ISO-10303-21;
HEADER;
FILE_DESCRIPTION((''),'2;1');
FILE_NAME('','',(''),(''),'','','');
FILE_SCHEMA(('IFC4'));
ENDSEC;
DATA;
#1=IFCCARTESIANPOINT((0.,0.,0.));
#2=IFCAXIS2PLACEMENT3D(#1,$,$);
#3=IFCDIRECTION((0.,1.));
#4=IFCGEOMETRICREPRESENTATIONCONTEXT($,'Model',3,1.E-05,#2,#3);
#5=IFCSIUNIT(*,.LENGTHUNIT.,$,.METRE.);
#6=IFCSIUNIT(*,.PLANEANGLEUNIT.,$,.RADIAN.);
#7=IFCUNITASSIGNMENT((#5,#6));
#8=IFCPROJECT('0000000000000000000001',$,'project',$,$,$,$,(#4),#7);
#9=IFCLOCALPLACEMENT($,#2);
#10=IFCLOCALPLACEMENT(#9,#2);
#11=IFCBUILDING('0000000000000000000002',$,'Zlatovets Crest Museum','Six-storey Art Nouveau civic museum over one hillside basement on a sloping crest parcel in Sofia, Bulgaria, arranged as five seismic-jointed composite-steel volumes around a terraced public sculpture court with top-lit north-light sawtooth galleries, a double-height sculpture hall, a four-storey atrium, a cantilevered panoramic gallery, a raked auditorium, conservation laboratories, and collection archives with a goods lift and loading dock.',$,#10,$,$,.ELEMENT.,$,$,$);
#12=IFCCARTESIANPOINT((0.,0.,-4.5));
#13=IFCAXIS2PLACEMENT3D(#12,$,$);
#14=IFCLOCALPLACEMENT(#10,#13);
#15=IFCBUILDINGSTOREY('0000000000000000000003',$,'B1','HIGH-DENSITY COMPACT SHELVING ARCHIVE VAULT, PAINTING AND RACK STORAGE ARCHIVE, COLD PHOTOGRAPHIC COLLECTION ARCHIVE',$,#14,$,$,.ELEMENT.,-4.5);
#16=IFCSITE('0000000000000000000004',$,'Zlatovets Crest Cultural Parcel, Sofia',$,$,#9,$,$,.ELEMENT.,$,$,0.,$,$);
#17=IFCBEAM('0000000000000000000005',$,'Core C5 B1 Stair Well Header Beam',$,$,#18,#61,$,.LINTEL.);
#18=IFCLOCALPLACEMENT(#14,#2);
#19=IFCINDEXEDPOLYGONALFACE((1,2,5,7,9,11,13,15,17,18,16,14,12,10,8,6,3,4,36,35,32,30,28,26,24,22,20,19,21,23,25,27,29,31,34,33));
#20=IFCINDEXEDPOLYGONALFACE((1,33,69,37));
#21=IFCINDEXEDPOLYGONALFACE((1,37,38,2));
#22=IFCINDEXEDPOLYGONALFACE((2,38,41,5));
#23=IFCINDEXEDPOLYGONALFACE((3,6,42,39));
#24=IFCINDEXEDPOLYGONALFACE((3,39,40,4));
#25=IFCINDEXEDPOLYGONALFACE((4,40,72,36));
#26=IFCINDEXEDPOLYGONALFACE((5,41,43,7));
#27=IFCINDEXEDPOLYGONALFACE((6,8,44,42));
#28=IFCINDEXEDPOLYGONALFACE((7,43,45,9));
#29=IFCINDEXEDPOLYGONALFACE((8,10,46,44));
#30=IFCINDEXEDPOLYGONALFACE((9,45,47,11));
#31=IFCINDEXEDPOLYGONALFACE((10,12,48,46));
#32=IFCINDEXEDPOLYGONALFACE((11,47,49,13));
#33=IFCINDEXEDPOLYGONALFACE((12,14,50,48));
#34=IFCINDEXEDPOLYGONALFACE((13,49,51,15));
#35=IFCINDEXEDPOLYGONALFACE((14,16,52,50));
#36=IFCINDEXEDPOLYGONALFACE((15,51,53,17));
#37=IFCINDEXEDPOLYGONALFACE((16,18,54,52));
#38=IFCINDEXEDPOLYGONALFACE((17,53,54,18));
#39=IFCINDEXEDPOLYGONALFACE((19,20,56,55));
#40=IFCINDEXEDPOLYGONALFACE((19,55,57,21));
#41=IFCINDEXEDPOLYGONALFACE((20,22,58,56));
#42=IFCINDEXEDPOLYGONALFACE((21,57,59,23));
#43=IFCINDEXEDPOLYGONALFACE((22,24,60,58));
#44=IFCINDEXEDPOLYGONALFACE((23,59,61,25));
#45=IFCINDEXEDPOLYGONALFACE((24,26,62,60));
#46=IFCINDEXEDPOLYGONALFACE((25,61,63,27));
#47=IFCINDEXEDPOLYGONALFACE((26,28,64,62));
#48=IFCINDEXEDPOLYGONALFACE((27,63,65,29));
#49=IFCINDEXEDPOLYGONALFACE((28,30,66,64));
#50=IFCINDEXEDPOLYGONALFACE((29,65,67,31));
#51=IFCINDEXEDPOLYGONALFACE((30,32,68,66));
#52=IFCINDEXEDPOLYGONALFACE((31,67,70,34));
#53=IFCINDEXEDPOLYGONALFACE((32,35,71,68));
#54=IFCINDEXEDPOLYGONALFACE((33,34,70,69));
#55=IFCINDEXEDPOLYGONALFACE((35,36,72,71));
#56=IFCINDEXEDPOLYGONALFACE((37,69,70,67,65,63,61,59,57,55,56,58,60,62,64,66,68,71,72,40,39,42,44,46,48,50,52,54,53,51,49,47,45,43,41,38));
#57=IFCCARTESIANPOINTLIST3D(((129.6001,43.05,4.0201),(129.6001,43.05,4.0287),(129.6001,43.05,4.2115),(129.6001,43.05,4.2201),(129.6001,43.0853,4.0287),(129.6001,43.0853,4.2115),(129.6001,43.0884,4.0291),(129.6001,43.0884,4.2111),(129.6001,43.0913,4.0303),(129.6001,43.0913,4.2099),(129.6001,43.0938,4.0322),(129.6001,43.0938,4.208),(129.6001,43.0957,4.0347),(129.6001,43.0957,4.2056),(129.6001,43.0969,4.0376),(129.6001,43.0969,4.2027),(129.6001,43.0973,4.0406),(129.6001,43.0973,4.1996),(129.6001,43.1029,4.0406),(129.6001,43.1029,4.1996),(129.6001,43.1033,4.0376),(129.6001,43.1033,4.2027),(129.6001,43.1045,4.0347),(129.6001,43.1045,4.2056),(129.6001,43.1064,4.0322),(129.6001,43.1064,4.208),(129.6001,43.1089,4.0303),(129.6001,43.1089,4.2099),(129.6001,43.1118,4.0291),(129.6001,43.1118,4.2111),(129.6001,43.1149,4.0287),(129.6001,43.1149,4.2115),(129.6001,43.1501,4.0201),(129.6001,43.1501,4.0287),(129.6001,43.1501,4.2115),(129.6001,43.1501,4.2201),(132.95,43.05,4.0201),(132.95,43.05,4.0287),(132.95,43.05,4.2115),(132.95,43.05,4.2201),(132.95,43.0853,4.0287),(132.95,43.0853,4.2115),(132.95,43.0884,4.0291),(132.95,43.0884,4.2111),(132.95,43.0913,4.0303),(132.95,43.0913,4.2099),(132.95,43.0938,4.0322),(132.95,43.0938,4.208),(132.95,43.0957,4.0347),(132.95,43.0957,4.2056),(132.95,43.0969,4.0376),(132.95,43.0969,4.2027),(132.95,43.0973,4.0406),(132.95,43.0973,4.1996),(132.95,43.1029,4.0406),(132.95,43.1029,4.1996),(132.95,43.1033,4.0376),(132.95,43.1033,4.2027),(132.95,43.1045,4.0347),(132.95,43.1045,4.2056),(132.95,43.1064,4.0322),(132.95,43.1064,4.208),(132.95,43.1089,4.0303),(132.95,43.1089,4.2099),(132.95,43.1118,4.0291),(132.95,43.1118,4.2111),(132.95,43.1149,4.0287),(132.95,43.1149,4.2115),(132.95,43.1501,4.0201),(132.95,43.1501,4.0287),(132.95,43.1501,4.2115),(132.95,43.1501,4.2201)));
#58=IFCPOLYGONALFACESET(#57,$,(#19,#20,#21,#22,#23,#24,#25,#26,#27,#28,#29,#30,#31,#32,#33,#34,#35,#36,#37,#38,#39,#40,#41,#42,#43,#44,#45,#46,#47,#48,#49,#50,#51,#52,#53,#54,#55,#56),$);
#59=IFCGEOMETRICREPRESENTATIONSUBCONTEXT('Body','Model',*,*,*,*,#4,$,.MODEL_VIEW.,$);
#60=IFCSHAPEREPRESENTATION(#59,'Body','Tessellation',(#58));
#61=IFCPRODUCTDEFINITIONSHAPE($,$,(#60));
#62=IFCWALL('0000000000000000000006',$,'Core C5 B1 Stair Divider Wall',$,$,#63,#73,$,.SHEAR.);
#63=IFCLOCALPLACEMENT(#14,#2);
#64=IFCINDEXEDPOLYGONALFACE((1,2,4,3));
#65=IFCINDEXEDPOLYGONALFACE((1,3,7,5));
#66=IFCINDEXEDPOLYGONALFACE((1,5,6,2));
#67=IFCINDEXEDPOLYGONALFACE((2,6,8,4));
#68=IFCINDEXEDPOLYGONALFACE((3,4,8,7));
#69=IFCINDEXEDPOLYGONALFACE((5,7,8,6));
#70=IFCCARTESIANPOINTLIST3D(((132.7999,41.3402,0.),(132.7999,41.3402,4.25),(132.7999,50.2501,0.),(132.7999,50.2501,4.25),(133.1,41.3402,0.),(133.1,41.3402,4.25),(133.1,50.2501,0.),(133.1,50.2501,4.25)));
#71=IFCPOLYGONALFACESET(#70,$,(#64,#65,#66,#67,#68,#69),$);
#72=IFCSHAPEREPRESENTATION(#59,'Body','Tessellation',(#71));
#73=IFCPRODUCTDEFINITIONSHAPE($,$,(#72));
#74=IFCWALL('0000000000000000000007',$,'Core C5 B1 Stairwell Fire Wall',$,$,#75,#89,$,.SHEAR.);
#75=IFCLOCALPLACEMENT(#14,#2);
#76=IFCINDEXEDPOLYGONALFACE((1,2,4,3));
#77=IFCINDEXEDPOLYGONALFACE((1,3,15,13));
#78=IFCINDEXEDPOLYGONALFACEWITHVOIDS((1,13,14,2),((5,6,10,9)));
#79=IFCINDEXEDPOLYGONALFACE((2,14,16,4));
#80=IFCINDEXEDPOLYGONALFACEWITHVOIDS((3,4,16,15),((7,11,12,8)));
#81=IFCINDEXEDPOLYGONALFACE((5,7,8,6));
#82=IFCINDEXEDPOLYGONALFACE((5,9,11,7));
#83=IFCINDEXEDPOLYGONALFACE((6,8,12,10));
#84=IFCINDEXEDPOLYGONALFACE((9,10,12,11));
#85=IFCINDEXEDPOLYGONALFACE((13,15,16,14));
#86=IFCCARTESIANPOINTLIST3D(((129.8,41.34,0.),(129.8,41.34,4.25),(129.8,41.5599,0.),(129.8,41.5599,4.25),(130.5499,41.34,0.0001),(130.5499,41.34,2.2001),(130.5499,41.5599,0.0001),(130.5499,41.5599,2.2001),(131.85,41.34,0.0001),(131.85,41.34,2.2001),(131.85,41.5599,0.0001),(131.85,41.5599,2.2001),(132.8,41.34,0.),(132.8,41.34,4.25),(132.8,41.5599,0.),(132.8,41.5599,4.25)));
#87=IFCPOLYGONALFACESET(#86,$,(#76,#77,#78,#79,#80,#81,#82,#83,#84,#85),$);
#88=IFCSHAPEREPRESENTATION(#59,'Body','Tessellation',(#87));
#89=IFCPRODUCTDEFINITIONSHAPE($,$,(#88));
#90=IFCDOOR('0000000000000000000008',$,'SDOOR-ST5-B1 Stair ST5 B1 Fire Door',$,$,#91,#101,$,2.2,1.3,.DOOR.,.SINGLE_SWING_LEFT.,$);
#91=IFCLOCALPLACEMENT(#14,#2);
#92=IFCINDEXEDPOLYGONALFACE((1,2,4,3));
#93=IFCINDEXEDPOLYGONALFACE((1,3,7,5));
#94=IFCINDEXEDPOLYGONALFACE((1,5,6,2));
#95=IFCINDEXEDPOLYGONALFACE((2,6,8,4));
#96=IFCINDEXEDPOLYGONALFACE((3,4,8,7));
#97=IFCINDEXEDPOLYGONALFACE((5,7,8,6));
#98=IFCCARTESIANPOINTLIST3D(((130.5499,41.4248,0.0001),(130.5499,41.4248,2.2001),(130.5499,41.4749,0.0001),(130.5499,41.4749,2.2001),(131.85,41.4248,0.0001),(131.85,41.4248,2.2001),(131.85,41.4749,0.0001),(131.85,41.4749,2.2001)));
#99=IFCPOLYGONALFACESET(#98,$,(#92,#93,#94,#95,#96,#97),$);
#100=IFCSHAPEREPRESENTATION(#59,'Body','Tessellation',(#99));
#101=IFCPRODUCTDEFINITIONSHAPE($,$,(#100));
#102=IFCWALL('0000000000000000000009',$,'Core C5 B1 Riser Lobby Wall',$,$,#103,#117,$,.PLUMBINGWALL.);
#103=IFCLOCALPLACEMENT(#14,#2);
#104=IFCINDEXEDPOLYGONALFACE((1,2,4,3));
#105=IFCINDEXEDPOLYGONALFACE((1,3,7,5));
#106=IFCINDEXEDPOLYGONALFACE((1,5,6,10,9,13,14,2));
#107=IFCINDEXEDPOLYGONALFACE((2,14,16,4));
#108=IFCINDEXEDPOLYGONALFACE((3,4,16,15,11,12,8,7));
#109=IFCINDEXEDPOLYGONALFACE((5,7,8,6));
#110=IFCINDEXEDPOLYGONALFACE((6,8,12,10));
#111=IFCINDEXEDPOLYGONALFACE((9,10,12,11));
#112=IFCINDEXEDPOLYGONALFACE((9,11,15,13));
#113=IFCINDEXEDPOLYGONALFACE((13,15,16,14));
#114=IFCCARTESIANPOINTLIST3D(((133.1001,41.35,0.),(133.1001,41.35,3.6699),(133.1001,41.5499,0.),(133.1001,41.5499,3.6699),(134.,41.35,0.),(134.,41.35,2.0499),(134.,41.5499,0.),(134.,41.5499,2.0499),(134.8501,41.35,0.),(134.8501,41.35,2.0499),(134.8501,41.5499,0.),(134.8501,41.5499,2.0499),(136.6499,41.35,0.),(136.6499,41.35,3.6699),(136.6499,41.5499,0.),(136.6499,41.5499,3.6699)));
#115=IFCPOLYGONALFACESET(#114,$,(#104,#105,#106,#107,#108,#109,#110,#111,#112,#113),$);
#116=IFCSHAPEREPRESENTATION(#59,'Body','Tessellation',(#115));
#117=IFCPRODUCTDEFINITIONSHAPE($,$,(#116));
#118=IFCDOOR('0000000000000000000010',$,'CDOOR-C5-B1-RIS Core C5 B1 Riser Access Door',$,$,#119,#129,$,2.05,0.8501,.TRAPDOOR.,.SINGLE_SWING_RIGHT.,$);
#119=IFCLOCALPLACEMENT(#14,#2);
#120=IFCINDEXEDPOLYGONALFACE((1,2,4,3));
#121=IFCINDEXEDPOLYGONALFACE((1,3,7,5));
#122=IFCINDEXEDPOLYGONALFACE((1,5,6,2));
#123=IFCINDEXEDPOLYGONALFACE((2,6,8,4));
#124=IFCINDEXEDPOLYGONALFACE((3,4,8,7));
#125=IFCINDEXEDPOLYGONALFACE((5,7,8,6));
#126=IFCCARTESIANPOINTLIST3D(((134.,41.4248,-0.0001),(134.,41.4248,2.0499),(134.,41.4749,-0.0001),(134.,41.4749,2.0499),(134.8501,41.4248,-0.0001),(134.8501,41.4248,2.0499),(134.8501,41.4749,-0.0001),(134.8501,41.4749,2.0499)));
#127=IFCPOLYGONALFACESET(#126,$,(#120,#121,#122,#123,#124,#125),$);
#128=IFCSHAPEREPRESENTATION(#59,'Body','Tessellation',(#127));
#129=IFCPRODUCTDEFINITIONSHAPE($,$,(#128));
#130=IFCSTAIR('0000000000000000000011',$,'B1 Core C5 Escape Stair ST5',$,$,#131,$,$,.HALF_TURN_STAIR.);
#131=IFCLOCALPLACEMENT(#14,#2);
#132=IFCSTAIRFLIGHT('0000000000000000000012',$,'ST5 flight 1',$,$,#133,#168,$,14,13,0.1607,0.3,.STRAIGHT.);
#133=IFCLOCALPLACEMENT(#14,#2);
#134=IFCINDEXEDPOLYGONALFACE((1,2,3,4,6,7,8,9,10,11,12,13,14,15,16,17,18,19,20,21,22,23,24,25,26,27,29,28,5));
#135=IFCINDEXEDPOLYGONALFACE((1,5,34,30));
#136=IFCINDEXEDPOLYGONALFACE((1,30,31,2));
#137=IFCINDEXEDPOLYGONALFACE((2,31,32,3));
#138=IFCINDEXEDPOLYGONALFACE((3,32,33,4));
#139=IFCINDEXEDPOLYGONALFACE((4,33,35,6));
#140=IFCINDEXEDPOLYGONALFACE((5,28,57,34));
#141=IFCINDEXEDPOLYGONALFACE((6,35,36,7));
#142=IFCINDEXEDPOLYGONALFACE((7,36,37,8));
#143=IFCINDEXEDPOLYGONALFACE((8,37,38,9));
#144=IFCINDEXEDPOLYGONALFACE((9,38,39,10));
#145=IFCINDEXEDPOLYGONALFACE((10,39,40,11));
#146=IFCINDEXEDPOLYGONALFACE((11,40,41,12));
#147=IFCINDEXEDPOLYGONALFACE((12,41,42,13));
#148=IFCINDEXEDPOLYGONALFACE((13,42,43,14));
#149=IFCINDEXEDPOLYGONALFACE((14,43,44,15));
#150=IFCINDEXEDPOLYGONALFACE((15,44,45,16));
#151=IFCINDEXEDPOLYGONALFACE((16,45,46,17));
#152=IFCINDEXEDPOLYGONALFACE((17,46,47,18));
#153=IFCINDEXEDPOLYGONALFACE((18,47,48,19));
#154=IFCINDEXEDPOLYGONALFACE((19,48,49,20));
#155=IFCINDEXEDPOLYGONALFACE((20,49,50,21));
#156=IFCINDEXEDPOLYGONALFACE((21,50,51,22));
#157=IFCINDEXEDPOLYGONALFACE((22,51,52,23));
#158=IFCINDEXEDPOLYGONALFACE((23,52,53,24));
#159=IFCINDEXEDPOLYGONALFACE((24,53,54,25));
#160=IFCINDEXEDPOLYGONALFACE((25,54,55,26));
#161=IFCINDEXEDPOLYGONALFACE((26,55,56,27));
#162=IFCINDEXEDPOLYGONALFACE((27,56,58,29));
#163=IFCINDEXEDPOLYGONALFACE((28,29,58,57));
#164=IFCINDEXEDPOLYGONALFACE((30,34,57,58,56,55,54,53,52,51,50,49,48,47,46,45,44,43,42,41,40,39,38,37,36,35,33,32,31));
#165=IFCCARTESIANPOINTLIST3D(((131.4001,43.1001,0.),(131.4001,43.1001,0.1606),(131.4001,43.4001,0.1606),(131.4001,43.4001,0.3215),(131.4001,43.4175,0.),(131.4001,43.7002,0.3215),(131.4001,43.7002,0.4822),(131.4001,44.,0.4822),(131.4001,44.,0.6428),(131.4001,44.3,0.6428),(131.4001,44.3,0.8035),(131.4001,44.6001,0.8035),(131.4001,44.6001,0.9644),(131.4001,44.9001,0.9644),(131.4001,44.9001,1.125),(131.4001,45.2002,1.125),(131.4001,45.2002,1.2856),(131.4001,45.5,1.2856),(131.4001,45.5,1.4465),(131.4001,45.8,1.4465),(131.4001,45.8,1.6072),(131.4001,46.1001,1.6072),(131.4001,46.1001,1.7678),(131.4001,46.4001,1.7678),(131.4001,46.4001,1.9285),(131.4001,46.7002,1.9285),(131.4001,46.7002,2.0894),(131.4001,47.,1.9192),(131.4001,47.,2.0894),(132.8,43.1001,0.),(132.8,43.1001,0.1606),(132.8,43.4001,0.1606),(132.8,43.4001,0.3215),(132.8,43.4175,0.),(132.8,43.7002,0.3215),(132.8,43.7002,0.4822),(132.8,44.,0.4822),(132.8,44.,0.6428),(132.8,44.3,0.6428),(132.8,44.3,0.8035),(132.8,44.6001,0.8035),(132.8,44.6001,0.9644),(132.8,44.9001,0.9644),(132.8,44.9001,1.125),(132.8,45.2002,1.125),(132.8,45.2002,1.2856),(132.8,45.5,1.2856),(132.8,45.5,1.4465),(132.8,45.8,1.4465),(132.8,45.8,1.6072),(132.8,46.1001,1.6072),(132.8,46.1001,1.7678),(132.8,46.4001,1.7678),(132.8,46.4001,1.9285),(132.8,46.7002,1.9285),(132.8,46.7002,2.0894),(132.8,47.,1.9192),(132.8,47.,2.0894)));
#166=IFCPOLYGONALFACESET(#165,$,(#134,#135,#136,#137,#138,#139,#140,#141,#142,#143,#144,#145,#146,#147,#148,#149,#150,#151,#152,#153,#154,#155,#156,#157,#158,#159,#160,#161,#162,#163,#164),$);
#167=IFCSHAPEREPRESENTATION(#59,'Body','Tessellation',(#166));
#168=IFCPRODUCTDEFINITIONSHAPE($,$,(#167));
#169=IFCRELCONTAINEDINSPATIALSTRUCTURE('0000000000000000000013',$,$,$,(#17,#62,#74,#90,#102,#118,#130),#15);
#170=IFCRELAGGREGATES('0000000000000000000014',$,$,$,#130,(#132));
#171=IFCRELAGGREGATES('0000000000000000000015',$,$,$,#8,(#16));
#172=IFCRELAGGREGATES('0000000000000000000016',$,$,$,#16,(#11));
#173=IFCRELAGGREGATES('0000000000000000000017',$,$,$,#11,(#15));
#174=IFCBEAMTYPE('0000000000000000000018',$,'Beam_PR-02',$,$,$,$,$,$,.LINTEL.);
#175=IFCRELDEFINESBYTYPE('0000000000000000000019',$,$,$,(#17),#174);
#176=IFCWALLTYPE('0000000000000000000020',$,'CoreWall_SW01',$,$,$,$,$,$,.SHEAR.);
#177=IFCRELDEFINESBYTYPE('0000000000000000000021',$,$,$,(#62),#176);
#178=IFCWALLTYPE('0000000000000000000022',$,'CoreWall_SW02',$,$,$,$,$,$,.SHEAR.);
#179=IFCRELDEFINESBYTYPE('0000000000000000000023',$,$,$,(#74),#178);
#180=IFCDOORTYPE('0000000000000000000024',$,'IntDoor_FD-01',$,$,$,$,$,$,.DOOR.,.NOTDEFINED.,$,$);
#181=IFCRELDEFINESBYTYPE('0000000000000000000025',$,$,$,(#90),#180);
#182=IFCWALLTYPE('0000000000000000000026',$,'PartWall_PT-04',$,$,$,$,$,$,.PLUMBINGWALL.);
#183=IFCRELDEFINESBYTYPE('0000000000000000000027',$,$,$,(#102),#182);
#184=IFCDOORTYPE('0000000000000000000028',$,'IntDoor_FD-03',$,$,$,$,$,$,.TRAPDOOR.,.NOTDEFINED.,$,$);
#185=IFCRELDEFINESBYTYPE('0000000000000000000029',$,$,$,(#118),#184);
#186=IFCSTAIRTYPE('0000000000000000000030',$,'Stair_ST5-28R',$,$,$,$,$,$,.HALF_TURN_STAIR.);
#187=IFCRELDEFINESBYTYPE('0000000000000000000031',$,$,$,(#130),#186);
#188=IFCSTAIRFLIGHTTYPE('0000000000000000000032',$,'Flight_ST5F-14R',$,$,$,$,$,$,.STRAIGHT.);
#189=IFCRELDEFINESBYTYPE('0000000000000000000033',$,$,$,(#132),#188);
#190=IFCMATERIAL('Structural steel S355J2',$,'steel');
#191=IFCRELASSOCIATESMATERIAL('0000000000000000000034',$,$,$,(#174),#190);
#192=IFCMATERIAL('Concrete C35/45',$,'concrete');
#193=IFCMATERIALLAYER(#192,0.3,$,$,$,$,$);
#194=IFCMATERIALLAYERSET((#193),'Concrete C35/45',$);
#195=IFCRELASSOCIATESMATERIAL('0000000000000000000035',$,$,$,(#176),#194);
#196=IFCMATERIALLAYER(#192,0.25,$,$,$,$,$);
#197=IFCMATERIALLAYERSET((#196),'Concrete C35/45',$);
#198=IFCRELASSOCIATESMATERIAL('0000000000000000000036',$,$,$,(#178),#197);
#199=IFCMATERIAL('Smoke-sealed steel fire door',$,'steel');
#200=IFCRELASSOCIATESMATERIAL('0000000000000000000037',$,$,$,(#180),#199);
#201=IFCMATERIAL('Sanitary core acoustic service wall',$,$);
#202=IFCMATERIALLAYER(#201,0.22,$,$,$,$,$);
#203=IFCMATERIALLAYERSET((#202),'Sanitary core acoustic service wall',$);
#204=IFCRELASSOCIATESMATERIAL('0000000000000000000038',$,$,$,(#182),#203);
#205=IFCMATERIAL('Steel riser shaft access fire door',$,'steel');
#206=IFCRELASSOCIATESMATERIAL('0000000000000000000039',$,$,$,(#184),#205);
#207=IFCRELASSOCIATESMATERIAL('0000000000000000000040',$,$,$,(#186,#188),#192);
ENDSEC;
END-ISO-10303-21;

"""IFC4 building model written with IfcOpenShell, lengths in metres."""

from ifc_helpers import new_model, si_unit, direction, frame, frame_2d, origin, origin_2d, place, context, subcontext, project, spatial, polyline, rectangle, i_section, outline, extrude, material, layer, layer_set, material_profile, profile_set, type_object, element, fill, aggregate, save


model = new_model("IFC4")

# Units and contexts
model_context = context("Model", 3, precision=1e-05, world=origin(), true_north=direction((0.0, 1.0)))
body_context = subcontext(model_context, "Body", "Model", "MODEL_VIEW")
ifc_project = project(units=[si_unit("LENGTHUNIT", "METRE"), si_unit("PLANEANGLEUNIT", "RADIAN")], contexts=[model_context])

# Site, building, storey
site_placement = place(None, origin())
site = spatial("IfcSite", under=ifc_project, at=site_placement, Name="Zlatovets Crest Cultural Parcel, Sofia", CompositionType="ELEMENT", RefElevation=0.0)
building_placement = place(site_placement, origin())
building = spatial("IfcBuilding", under=site, at=building_placement, Name="Zlatovets Crest Museum", Description="Six-storey Art Nouveau civic museum over one hillside basement on a sloping crest parcel in Sofia, Bulgaria, arranged as five seismic-jointed composite-steel volumes around a terraced public sculpture court with top-lit north-light sawtooth galleries, a double-height sculpture hall, a four-storey atrium, a cantilevered panoramic gallery, a raked auditorium, conservation laboratories, and collection archives with a goods lift and loading dock.", CompositionType="ELEMENT")
storey_placement = place(building_placement, frame((0.0, 0.0, -4.5)))
storey = spatial("IfcBuildingStorey", under=building, at=storey_placement, Name="B1", Description="HIGH-DENSITY COMPACT SHELVING ARCHIVE VAULT, PAINTING AND RACK STORAGE ARCHIVE, COLD PHOTOGRAPHIC COLLECTION ARCHIVE", CompositionType="ELEMENT", Elevation=-4.5)

# Shared definitions
ifc_material_1 = material(Name="Concrete C35/45", Category="concrete")

# Beam
ifc_material_2 = material(Name="Structural steel S355J2", Category="steel")
ifc_material_profile_1 = material_profile(ifc_material_2, i_section(OverallWidth=0.1001, OverallDepth=0.2, WebThickness=0.0056, FlangeThickness=0.0085, FilletRadius=0.012, at=origin_2d()), Name="IPE 200")
ifc_profile_set_1 = profile_set([ifc_material_profile_1], Name="Structural steel S355J2")
beam_type = type_object("IfcBeamType", Name="Beam_PR-02", PredefinedType="LINTEL", material=ifc_profile_set_1)
beam_placement = place(storey_placement, frame((129.6001, 43.1001, 4.1201), z_axis=(1.0, 0.0, 0.0), x_axis=(0.0, 1.0, 0.0)))
element("IfcBeam", 1, at=beam_placement, inside=storey, type_object=beam_type, Name="Core C5 B1 Stair Well Header Beam", PredefinedType="LINTEL", context=body_context, shape_type="SweptSolid", body=[
    extrude(i_section(OverallWidth=0.1001, OverallDepth=0.2, WebThickness=0.0056, FlangeThickness=0.0085, FilletRadius=0.012, at=origin_2d()), origin(), (0.0, 0.0, 1.0), 3.3499),
])

# Wall
ifc_layer_1 = layer(ifc_material_1, 0.3)
ifc_layer_set_1 = layer_set([ifc_layer_1], Name="Concrete C35/45")
wall_type_1 = type_object("IfcWallType", Name="CoreWall_SW01", PredefinedType="SHEAR", material=ifc_layer_set_1)
wall_1_placement = place(storey_placement, frame((132.95, 41.3401, 0.0), z_axis=(0.0, 0.0, 1.0), x_axis=(0.0, 1.0, 0.0)))
element("IfcWall", 2, at=wall_1_placement, inside=storey, type_object=wall_type_1, Name="Core C5 B1 Stair Divider Wall", PredefinedType="SHEAR", context=body_context, shape_type="SweptSolid", body=[
    extrude(rectangle(XDim=8.9099, YDim=0.3, at=frame_2d((4.4551, 0.0))), origin(), (0.0, 0.0, 1.0), 4.25),
])

# Walls, openings, doors
ifc_layer_2 = layer(ifc_material_1, 0.25)
ifc_layer_set_2 = layer_set([ifc_layer_2], Name="Concrete C35/45")
wall_type_2 = type_object("IfcWallType", Name="CoreWall_SW02", PredefinedType="SHEAR", material=ifc_layer_set_2)
wall_2_placement = place(storey_placement, frame((129.8, 41.45, 0.0), z_axis=(0.0, 0.0, 1.0), x_axis=(1.0, 0.0, 0.0)))
wall_2 = element("IfcWall", 3, at=wall_2_placement, inside=storey, type_object=wall_type_2, Name="Core C5 B1 Stairwell Fire Wall", PredefinedType="SHEAR", context=body_context, shape_type="SweptSolid", body=[
    extrude(rectangle(XDim=3.0, YDim=0.22, at=frame_2d((1.5, 0.0))), origin(), (0.0, 0.0, 1.0), 4.25),
])
opening_1_placement = place(wall_2_placement, frame((0.75, 0.0, 0.0)))
opening_1 = element("IfcOpeningElement", 4, at=opening_1_placement, cuts=wall_2, PredefinedType="OPENING", context=body_context, shape_type="SweptSolid", body=[
    extrude(rectangle(XDim=1.3, YDim=2.2, at=frame_2d((0.6499, 1.1001))), frame((0.0, 0.1201, 0.0), z_axis=(0.0, -1.0, 0.0), x_axis=(1.0, 0.0, 0.0)), (0.0, 0.0, 1.0), 0.24),
])
ifc_material_3 = material(Name="Smoke-sealed steel fire door", Category="steel")
door_type_1 = type_object("IfcDoorType", Name="IntDoor_FD-01", OperationType="NOTDEFINED", PredefinedType="DOOR", material=ifc_material_3)
door_1_placement = place(opening_1_placement, origin())
door_1 = element("IfcDoor", 5, at=door_1_placement, inside=storey, type_object=door_type_1, Name="SDOOR-ST5-B1 Stair ST5 B1 Fire Door", OperationType="SINGLE_SWING_LEFT", OverallHeight=2.2, OverallWidth=1.3, PredefinedType="DOOR", context=body_context, shape_type="SweptSolid", body=[
    extrude(rectangle(XDim=1.3, YDim=2.2, at=frame_2d((0.6499, 1.1001))), frame((0.0, 0.0249, 0.0), z_axis=(0.0, -1.0, 0.0), x_axis=(1.0, 0.0, 0.0)), (0.0, 0.0, 1.0), 0.05),
])
fill(opening_1, door_1)
ifc_material_4 = material(Name="Sanitary core acoustic service wall")
ifc_layer_3 = layer(ifc_material_4, 0.22)
ifc_layer_set_3 = layer_set([ifc_layer_3], Name="Sanitary core acoustic service wall")
wall_type_3 = type_object("IfcWallType", Name="PartWall_PT-04", PredefinedType="PLUMBINGWALL", material=ifc_layer_set_3)
wall_3_placement = place(storey_placement, frame((133.1001, 41.45, 0.0), z_axis=(0.0, 0.0, 1.0), x_axis=(1.0, 0.0, 0.0)))
wall_3 = element("IfcWall", 6, at=wall_3_placement, inside=storey, type_object=wall_type_3, Name="Core C5 B1 Riser Lobby Wall", PredefinedType="PLUMBINGWALL", context=body_context, shape_type="SweptSolid", body=[
    extrude(rectangle(XDim=3.5498, YDim=0.2, at=frame_2d((1.7749, 0.0))), origin(), (0.0, 0.0, 1.0), 3.6699),
])
opening_2_placement = place(wall_3_placement, frame((0.8999, 0.0, 0.0)))
opening_2 = element("IfcOpeningElement", 7, at=opening_2_placement, cuts=wall_3, PredefinedType="OPENING", context=body_context, shape_type="SweptSolid", body=[
    extrude(rectangle(XDim=0.8501, YDim=2.05, at=frame_2d((0.425, 1.0249))), frame((0.0, 0.1099, 0.0), z_axis=(0.0, -1.0, 0.0), x_axis=(1.0, 0.0, 0.0)), (0.0, 0.0, 1.0), 0.22),
])
ifc_material_5 = material(Name="Steel riser shaft access fire door", Category="steel")
door_type_2 = type_object("IfcDoorType", Name="IntDoor_FD-03", OperationType="NOTDEFINED", PredefinedType="TRAPDOOR", material=ifc_material_5)
door_2_placement = place(opening_2_placement, origin())
door_2 = element("IfcDoor", 8, at=door_2_placement, inside=storey, type_object=door_type_2, Name="CDOOR-C5-B1-RIS Core C5 B1 Riser Access Door", OperationType="SINGLE_SWING_RIGHT", OverallHeight=2.05, OverallWidth=0.8501, PredefinedType="TRAPDOOR", context=body_context, shape_type="SweptSolid", body=[
    extrude(rectangle(XDim=0.8501, YDim=2.05, at=frame_2d((0.425, 1.0249))), frame((0.0, 0.0249, 0.0), z_axis=(0.0, -1.0, 0.0), x_axis=(1.0, 0.0, 0.0)), (0.0, 0.0, 1.0), 0.05),
])
fill(opening_2, door_2)

# Stair, stair flight
stair_type = type_object("IfcStairType", Name="Stair_ST5-28R", PredefinedType="HALF_TURN_STAIR", material=ifc_material_1)
stair_placement = place(storey_placement, origin())
stair = element("IfcStair", 9, at=stair_placement, inside=storey, type_object=stair_type, Name="B1 Core C5 Escape Stair ST5", PredefinedType="HALF_TURN_STAIR")
stair_flight_type = type_object("IfcStairFlightType", Name="Flight_ST5F-14R", PredefinedType="STRAIGHT", material=ifc_material_1)
stair_flight_placement = place(storey_placement, frame((132.1001, 43.1001, 0.0), z_axis=(0.0, 0.0, 1.0), x_axis=(0.0, 1.0, 0.0)))
stair_flight = element("IfcStairFlight", 10, at=stair_flight_placement, type_object=stair_flight_type, Name="ST5 flight 1", NumberOfRisers=14, NumberOfTreads=13, PredefinedType="STRAIGHT", RiserHeight=0.1607, TreadLength=0.3, context=body_context, shape_type="SweptSolid", body=[
    extrude(outline(polyline([(0.0, 0.0), (0.0, 0.1606), (0.3, 0.1606), (0.3, 0.3215), (0.6001, 0.3215), (0.6001, 0.4822), (0.8999, 0.4822), (0.8999, 0.6428), (1.2, 0.6428), (1.2, 0.8035), (1.5, 0.8035), (1.5, 0.9644), (1.8, 0.9644), (1.8, 1.125), (2.1001, 1.125), (2.1001, 1.2856), (2.3999, 1.2856), (2.3999, 1.4465), (2.7, 1.4465), (2.7, 1.6072), (3.0, 1.6072), (3.0, 1.7678), (3.3, 1.7678), (3.3, 1.9285), (3.6001, 1.9285), (3.6001, 2.0894), (3.8999, 2.0894), (3.8999, 2.25), (3.8999, 1.9192), (0.3174, 0.0), (0.0, 0.0)])), frame((0.0, 0.7, 0.0), z_axis=(0.0, -1.0, 0.0), x_axis=(1.0, 0.0, 0.0)), (0.0, 0.0, 1.0), 1.3999),
])
aggregate(stair, [stair_flight])

save(model, "model.ifc")
